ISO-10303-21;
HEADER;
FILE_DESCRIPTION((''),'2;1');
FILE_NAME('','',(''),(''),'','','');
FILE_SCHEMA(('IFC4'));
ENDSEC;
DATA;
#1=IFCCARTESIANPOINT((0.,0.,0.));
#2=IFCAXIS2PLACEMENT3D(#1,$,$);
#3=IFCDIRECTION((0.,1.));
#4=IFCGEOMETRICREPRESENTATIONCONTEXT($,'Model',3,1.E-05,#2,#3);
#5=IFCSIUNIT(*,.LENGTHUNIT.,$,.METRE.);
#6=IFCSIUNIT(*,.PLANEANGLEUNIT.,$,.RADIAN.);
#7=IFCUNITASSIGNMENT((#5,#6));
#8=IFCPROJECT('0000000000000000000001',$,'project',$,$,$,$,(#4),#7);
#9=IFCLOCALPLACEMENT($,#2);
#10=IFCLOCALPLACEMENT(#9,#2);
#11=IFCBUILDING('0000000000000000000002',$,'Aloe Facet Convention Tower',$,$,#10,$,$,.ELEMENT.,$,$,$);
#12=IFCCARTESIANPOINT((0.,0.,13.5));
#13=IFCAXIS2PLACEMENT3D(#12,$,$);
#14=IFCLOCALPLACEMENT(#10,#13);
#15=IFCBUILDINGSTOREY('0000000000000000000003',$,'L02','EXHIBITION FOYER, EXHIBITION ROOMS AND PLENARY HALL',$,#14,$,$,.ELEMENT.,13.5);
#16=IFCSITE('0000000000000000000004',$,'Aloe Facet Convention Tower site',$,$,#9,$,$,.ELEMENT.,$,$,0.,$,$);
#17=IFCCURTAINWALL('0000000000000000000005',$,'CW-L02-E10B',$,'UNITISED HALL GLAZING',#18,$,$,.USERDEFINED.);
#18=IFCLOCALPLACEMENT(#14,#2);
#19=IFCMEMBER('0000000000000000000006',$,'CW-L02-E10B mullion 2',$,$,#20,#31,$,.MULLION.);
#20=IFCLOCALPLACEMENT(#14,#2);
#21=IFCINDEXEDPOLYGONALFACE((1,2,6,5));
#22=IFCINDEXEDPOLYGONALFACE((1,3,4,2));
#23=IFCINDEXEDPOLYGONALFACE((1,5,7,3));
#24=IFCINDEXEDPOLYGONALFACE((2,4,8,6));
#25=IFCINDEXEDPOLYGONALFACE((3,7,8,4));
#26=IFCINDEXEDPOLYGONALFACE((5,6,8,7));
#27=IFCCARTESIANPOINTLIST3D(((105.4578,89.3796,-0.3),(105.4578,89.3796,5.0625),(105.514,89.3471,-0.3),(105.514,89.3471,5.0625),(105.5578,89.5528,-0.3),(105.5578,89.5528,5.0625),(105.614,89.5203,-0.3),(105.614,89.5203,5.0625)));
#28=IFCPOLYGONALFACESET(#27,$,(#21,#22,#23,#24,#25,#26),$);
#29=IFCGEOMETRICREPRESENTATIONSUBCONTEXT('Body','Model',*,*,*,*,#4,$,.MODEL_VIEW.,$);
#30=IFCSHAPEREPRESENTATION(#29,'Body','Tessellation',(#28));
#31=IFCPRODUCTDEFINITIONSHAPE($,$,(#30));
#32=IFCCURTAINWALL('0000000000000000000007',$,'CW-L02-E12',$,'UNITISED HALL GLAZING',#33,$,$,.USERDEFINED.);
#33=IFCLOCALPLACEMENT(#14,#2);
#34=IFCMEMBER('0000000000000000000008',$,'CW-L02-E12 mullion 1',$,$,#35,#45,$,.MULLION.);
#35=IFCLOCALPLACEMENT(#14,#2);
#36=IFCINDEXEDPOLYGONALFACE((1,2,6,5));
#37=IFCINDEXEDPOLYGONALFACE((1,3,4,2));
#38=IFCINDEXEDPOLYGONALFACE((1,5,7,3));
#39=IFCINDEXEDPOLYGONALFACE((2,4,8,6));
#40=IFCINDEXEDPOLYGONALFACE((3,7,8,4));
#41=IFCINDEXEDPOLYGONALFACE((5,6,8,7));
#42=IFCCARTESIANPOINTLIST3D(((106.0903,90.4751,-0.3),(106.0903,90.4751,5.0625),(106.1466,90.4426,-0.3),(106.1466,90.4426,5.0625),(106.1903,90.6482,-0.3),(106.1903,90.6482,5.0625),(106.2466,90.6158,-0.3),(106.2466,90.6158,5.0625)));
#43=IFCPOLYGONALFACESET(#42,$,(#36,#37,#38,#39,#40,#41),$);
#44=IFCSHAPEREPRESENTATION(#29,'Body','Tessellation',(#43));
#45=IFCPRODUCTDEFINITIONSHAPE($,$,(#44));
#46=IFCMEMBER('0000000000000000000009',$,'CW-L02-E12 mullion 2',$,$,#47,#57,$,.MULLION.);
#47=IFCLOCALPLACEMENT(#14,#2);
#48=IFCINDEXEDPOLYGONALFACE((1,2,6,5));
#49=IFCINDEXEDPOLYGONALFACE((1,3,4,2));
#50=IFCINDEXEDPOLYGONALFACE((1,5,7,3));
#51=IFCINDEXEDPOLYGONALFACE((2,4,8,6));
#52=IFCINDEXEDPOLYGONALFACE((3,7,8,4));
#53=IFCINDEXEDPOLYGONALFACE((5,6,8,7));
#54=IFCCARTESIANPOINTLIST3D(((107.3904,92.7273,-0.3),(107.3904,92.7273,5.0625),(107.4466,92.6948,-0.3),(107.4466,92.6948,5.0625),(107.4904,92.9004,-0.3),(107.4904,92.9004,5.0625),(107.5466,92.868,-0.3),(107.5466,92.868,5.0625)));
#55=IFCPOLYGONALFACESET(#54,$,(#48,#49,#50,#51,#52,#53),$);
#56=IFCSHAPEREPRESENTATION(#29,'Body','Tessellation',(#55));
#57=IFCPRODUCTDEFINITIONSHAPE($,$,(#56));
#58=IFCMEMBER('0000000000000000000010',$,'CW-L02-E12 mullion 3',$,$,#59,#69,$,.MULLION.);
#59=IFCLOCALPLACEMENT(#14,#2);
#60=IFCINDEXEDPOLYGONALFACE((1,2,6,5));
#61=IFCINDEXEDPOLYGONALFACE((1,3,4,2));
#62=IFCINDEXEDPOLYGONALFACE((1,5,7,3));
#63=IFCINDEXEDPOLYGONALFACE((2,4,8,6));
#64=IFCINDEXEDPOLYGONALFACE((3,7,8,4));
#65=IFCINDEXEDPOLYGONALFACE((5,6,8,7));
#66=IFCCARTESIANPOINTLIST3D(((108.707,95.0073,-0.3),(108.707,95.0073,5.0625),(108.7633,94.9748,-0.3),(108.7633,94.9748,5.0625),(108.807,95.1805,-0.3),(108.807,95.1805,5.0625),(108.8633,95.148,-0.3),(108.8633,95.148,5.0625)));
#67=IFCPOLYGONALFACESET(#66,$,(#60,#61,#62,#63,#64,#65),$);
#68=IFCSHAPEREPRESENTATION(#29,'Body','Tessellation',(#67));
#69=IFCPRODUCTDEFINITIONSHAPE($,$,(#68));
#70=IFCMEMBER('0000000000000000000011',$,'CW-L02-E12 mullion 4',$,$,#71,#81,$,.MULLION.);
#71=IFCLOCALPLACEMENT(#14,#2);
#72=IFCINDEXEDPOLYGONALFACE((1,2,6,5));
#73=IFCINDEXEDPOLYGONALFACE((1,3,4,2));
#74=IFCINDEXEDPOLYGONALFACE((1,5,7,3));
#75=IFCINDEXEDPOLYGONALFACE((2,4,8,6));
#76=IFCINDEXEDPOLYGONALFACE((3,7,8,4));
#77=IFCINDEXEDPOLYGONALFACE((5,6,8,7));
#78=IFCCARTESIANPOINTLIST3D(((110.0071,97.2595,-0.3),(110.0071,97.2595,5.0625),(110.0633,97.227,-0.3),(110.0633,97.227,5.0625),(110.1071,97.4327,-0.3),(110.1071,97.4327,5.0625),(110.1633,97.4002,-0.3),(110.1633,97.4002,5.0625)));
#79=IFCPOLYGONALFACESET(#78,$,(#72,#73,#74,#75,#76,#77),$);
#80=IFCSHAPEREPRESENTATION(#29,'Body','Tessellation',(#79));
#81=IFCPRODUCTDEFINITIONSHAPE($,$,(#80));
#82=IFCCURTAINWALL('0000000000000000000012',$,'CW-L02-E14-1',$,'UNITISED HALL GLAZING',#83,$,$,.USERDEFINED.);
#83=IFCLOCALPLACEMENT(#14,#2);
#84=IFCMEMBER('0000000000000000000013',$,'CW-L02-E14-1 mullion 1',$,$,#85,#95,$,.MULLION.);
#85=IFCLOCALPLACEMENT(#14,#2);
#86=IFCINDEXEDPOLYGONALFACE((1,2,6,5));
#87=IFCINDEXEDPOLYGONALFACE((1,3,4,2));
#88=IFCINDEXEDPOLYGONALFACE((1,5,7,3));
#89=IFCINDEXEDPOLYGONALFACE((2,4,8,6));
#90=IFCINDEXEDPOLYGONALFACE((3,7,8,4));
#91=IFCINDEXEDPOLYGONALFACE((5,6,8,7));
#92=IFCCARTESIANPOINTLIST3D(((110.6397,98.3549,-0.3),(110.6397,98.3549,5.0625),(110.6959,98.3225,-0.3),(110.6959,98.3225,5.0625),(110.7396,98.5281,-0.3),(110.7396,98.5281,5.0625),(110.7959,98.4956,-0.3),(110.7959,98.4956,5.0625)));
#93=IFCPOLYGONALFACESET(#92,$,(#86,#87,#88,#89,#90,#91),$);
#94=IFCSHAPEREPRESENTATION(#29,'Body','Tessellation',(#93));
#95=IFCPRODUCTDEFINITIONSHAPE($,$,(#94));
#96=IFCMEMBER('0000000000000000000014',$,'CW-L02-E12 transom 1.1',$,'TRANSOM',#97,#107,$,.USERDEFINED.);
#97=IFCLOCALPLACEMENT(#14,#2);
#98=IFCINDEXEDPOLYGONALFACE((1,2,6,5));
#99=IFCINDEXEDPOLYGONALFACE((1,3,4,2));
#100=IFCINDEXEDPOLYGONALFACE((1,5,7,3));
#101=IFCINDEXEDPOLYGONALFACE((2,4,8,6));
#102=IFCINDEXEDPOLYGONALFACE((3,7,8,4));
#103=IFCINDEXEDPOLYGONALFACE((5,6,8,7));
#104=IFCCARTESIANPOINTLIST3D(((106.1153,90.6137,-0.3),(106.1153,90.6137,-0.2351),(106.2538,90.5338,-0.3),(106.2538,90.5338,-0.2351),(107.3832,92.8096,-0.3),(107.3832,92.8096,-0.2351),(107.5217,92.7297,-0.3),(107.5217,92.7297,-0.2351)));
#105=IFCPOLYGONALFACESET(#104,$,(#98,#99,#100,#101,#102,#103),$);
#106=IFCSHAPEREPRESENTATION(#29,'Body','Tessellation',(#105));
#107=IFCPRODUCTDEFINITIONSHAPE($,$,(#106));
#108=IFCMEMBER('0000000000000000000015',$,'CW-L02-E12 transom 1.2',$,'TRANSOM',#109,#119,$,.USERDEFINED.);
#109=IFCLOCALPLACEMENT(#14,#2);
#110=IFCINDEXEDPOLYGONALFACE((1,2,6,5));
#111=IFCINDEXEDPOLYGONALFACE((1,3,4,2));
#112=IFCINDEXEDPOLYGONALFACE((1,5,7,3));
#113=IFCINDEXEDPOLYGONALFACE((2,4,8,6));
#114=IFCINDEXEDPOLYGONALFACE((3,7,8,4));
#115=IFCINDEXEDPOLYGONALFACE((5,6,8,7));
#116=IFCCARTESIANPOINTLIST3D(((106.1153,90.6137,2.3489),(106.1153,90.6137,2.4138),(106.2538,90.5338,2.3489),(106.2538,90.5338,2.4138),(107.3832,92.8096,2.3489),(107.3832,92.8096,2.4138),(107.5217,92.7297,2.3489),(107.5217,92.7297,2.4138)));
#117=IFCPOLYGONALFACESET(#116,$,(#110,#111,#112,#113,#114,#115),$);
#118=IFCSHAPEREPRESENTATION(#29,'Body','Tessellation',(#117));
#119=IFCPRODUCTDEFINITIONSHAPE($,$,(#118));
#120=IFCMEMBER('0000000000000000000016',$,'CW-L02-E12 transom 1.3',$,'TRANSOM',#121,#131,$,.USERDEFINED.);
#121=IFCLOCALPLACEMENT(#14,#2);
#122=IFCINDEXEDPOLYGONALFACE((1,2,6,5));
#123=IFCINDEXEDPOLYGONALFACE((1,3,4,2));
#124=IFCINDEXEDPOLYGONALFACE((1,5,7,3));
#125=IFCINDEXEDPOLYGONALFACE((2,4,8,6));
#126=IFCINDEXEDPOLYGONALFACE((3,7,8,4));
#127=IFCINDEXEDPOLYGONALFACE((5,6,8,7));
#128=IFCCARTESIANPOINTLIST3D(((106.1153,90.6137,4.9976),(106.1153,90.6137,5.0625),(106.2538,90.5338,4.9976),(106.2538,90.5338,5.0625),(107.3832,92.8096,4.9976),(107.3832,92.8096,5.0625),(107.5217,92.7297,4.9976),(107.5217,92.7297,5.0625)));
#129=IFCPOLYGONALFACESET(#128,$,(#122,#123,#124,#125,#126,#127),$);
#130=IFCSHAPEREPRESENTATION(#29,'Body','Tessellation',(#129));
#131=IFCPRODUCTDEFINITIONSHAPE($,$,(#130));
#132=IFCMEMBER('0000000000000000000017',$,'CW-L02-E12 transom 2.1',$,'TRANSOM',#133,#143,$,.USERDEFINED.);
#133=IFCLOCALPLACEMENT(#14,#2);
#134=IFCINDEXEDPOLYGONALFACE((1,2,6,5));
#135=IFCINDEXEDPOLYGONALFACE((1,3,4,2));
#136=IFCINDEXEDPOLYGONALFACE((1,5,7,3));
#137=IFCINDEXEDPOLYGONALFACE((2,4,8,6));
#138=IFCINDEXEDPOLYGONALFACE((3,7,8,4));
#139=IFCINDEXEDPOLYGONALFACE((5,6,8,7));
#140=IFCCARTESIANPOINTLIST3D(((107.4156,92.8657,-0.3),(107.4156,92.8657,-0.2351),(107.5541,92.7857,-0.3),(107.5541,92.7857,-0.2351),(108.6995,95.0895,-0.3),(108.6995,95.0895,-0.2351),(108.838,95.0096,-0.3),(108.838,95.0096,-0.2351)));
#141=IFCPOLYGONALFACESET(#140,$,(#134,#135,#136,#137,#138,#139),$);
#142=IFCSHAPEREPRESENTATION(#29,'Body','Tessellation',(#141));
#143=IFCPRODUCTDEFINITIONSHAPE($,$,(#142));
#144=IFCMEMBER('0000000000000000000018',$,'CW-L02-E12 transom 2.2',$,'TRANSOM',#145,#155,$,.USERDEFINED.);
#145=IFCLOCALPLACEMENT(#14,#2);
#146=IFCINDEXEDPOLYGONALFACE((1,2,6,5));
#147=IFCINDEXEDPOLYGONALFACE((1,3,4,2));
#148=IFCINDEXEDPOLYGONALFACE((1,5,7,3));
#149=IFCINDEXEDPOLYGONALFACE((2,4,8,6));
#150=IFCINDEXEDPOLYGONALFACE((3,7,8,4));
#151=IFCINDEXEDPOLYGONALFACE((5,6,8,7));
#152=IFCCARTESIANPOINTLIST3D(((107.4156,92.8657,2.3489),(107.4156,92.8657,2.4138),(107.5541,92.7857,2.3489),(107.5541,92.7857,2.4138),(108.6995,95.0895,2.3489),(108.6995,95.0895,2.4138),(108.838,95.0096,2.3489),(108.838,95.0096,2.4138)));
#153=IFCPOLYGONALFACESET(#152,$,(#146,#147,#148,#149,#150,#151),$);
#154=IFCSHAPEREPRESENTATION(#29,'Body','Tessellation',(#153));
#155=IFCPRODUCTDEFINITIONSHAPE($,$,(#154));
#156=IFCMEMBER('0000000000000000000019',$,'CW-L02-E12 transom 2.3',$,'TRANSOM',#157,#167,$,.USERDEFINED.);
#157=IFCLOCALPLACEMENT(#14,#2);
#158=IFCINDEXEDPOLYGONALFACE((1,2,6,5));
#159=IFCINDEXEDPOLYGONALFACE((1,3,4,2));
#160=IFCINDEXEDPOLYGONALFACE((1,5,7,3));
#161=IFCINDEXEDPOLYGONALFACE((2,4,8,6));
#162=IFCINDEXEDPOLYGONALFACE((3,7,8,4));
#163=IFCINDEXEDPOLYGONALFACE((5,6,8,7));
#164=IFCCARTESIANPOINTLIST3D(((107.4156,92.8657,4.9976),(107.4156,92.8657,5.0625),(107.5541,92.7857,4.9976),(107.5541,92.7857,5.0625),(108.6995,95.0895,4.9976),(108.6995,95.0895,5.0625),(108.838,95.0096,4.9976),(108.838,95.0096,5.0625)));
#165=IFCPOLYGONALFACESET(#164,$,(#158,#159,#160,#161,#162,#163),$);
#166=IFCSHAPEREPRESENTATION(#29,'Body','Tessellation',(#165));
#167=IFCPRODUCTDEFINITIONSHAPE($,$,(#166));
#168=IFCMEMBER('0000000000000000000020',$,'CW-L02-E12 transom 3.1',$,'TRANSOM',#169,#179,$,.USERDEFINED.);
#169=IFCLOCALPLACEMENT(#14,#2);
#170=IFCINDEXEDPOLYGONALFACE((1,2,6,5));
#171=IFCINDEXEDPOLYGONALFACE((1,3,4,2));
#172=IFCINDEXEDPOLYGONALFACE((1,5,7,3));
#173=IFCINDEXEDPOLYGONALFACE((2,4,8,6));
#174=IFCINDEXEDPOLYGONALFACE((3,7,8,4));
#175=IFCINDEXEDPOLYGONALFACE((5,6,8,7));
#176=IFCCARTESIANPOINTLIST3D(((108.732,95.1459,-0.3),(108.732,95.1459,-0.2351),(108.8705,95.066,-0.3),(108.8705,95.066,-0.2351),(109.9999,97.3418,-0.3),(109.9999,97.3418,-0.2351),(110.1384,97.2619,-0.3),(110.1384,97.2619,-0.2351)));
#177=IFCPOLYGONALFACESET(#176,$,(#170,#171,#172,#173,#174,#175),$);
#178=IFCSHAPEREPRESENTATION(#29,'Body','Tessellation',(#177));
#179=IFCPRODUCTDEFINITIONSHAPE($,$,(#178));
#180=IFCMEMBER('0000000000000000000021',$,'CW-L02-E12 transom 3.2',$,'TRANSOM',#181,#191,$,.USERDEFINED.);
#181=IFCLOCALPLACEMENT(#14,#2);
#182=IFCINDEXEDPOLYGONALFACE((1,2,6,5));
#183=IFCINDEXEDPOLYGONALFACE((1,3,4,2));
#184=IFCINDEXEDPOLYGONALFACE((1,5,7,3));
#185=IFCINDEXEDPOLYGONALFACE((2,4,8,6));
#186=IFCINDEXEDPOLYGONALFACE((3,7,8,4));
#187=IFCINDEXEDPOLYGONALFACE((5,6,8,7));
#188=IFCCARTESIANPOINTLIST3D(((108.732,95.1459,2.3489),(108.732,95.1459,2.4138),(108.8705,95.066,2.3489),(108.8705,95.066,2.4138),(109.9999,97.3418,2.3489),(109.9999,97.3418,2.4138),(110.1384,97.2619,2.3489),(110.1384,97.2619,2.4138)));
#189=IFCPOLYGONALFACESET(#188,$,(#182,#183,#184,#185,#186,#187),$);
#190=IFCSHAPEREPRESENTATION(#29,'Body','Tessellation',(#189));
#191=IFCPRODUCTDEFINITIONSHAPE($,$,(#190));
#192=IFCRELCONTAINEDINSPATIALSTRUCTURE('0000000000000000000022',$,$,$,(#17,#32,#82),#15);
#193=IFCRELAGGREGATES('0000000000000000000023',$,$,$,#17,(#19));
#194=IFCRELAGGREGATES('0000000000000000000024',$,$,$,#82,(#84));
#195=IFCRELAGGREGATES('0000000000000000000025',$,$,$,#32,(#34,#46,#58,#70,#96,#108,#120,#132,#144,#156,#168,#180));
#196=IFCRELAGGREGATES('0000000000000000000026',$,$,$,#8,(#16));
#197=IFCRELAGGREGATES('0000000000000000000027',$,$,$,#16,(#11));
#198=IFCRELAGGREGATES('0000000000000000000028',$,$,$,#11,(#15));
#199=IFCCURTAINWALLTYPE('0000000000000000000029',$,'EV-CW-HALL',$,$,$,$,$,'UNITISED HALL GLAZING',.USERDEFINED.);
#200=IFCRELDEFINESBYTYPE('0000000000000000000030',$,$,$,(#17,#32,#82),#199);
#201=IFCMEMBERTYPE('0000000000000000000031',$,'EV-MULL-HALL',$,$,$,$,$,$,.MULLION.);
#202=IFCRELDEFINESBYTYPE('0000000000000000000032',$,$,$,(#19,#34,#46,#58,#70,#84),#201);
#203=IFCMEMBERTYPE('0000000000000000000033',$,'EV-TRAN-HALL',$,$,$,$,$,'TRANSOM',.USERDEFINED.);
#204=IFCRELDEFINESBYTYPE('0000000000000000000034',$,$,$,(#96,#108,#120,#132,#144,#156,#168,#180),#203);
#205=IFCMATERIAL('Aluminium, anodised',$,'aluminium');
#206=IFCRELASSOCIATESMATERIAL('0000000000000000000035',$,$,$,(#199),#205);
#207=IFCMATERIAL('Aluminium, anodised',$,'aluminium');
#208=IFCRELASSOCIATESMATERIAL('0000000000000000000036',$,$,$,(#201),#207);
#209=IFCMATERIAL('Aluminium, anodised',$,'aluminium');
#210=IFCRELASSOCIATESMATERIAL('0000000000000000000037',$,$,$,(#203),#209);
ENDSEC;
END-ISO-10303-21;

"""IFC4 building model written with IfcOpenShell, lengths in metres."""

from ifc_helpers import new_model, si_unit, direction, frame, origin, origin_2d, place, context, subcontext, project, spatial, rectangle, extrude, material, material_profile, profile_set, type_object, element, aggregate, save


model = new_model("IFC4")

# Units and contexts
model_context = context("Model", 3, precision=1e-05, world=origin(), true_north=direction((0.0, 1.0)))
body_context = subcontext(model_context, "Body", "Model", "MODEL_VIEW")
ifc_project = project(units=[si_unit("LENGTHUNIT", "METRE"), si_unit("PLANEANGLEUNIT", "RADIAN")], contexts=[model_context])

# Site, building, storey
site_placement = place(None, origin())
site = spatial("IfcSite", under=ifc_project, at=site_placement, Name="Aloe Facet Convention Tower site", CompositionType="ELEMENT", RefElevation=0.0)
building_placement = place(site_placement, origin())
building = spatial("IfcBuilding", under=site, at=building_placement, Name="Aloe Facet Convention Tower", CompositionType="ELEMENT")
storey_placement = place(building_placement, frame((0.0, 0.0, 13.5)))
storey = spatial("IfcBuildingStorey", under=building, at=storey_placement, Name="L02", Description="EXHIBITION FOYER, EXHIBITION ROOMS AND PLENARY HALL", CompositionType="ELEMENT", Elevation=13.5)

# Curtain wall, member
ifc_material_1 = material(Name="Aluminium, anodised", Category="aluminium")
curtain_wall_type = type_object("IfcCurtainWallType", Name="EV-CW-HALL", ElementType="UNITISED HALL GLAZING", PredefinedType="USERDEFINED", material=ifc_material_1)
curtain_wall_1_placement = place(storey_placement, origin())
curtain_wall_1 = element("IfcCurtainWall", 1, at=curtain_wall_1_placement, inside=storey, type_object=curtain_wall_type, Name="CW-L02-E10B", ObjectType="UNITISED HALL GLAZING", PredefinedType="USERDEFINED")
ifc_material_2 = material(Name="Aluminium, anodised", Category="aluminium")
ifc_material_profile_1 = material_profile(ifc_material_2, rectangle(XDim=0.0649, YDim=0.2, at=origin_2d()), Name="AL 65x200")
ifc_profile_set_1 = profile_set([ifc_material_profile_1], Name="Aluminium, anodised")
member_type_1 = type_object("IfcMemberType", Name="EV-MULL-HALL", PredefinedType="MULLION", material=ifc_profile_set_1)
member_1_placement = place(storey_placement, frame((105.5359, 89.45, -0.3), z_axis=(0.0, 0.0, 1.0), x_axis=(-0.866025, 0.5, 0.0)))
member_1 = element("IfcMember", 2, at=member_1_placement, type_object=member_type_1, Name="CW-L02-E10B mullion 2", PredefinedType="MULLION", context=body_context, shape_type="SweptSolid", body=[
    extrude(rectangle(XDim=0.0649, YDim=0.2, at=origin_2d()), origin(), (0.0, 0.0, 1.0), 5.3625),
])
aggregate(curtain_wall_1, [member_1])

# Curtain wall, members
curtain_wall_2_placement = place(storey_placement, origin())
curtain_wall_2 = element("IfcCurtainWall", 3, at=curtain_wall_2_placement, inside=storey, type_object=curtain_wall_type, Name="CW-L02-E12", ObjectType="UNITISED HALL GLAZING", PredefinedType="USERDEFINED")
member_2_placement = place(storey_placement, frame((106.1685, 90.5454, -0.3), z_axis=(0.0, 0.0, 1.0), x_axis=(-0.866025, 0.5, 0.0)))
member_2 = element("IfcMember", 4, at=member_2_placement, type_object=member_type_1, Name="CW-L02-E12 mullion 1", PredefinedType="MULLION", context=body_context, shape_type="SweptSolid", body=[
    extrude(rectangle(XDim=0.0649, YDim=0.2, at=origin_2d()), origin(), (0.0, 0.0, 1.0), 5.3625),
])
member_3_placement = place(storey_placement, frame((107.4685, 92.7976, -0.3), z_axis=(0.0, 0.0, 1.0), x_axis=(-0.866025, 0.5, 0.0)))
member_3 = element("IfcMember", 5, at=member_3_placement, type_object=member_type_1, Name="CW-L02-E12 mullion 2", PredefinedType="MULLION", context=body_context, shape_type="SweptSolid", body=[
    extrude(rectangle(XDim=0.0649, YDim=0.2, at=origin_2d()), origin(), (0.0, 0.0, 1.0), 5.3625),
])
member_4_placement = place(storey_placement, frame((108.7852, 95.0776, -0.3), z_axis=(0.0, 0.0, 1.0), x_axis=(-0.866025, 0.5, 0.0)))
member_4 = element("IfcMember", 6, at=member_4_placement, type_object=member_type_1, Name="CW-L02-E12 mullion 3", PredefinedType="MULLION", context=body_context, shape_type="SweptSolid", body=[
    extrude(rectangle(XDim=0.0649, YDim=0.2, at=origin_2d()), origin(), (0.0, 0.0, 1.0), 5.3625),
])
member_5_placement = place(storey_placement, frame((110.0852, 97.3298, -0.3), z_axis=(0.0, 0.0, 1.0), x_axis=(-0.866025, 0.5, 0.0)))
member_5 = element("IfcMember", 7, at=member_5_placement, type_object=member_type_1, Name="CW-L02-E12 mullion 4", PredefinedType="MULLION", context=body_context, shape_type="SweptSolid", body=[
    extrude(rectangle(XDim=0.0649, YDim=0.2, at=origin_2d()), origin(), (0.0, 0.0, 1.0), 5.3625),
])

# Curtain wall, member
curtain_wall_3_placement = place(storey_placement, origin())
curtain_wall_3 = element("IfcCurtainWall", 8, at=curtain_wall_3_placement, inside=storey, type_object=curtain_wall_type, Name="CW-L02-E14-1", ObjectType="UNITISED HALL GLAZING", PredefinedType="USERDEFINED")
member_6_placement = place(storey_placement, frame((110.7178, 98.4253, -0.3), z_axis=(0.0, 0.0, 1.0), x_axis=(-0.866025, 0.5, 0.0)))
member_6 = element("IfcMember", 9, at=member_6_placement, type_object=member_type_1, Name="CW-L02-E14-1 mullion 1", PredefinedType="MULLION", context=body_context, shape_type="SweptSolid", body=[
    extrude(rectangle(XDim=0.0649, YDim=0.2, at=origin_2d()), origin(), (0.0, 0.0, 1.0), 5.3625),
])

# Members
ifc_material_3 = material(Name="Aluminium, anodised", Category="aluminium")
ifc_material_profile_2 = material_profile(ifc_material_3, rectangle(XDim=0.1599, YDim=0.0649, at=origin_2d()), Name="AL 160x65")
ifc_profile_set_2 = profile_set([ifc_material_profile_2], Name="Aluminium, anodised")
member_type_2 = type_object("IfcMemberType", Name="EV-TRAN-HALL", ElementType="TRANSOM", PredefinedType="USERDEFINED", material=ifc_profile_set_2)
member_7_placement = place(storey_placement, frame((106.1846, 90.5737, -0.2676), z_axis=(0.500023, 0.866012, 0.0), x_axis=(-0.866012, 0.500023, 0.0)))
member_7 = element("IfcMember", 10, at=member_7_placement, type_object=member_type_2, Name="CW-L02-E12 transom 1.1", ObjectType="TRANSOM", PredefinedType="USERDEFINED", context=body_context, shape_type="SweptSolid", body=[
    extrude(rectangle(XDim=0.1599, YDim=0.0649, at=origin_2d()), origin(), (0.0, 0.0, 1.0), 2.5356),
])
member_8_placement = place(storey_placement, frame((106.1846, 90.5737, 2.3813), z_axis=(0.500023, 0.866012, 0.0), x_axis=(-0.866012, 0.500023, 0.0)))
member_8 = element("IfcMember", 11, at=member_8_placement, type_object=member_type_2, Name="CW-L02-E12 transom 1.2", ObjectType="TRANSOM", PredefinedType="USERDEFINED", context=body_context, shape_type="SweptSolid", body=[
    extrude(rectangle(XDim=0.1599, YDim=0.0649, at=origin_2d()), origin(), (0.0, 0.0, 1.0), 2.5356),
])
member_9_placement = place(storey_placement, frame((106.1846, 90.5737, 5.03), z_axis=(0.500023, 0.866012, 0.0), x_axis=(-0.866012, 0.500023, 0.0)))
member_9 = element("IfcMember", 12, at=member_9_placement, type_object=member_type_2, Name="CW-L02-E12 transom 1.3", ObjectType="TRANSOM", PredefinedType="USERDEFINED", context=body_context, shape_type="SweptSolid", body=[
    extrude(rectangle(XDim=0.1599, YDim=0.0649, at=origin_2d()), origin(), (0.0, 0.0, 1.0), 2.5356),
])
member_10_placement = place(storey_placement, frame((107.4849, 92.8257, -0.2676), z_axis=(0.499994, 0.866029, 0.0), x_axis=(-0.866029, 0.499994, 0.0)))
member_10 = element("IfcMember", 13, at=member_10_placement, type_object=member_type_2, Name="CW-L02-E12 transom 2.1", ObjectType="TRANSOM", PredefinedType="USERDEFINED", context=body_context, shape_type="SweptSolid", body=[
    extrude(rectangle(XDim=0.1599, YDim=0.0649, at=origin_2d()), origin(), (0.0, 0.0, 1.0), 2.5679),
])
member_11_placement = place(storey_placement, frame((107.4849, 92.8257, 2.3813), z_axis=(0.499994, 0.866029, 0.0), x_axis=(-0.866029, 0.499994, 0.0)))
member_11 = element("IfcMember", 14, at=member_11_placement, type_object=member_type_2, Name="CW-L02-E12 transom 2.2", ObjectType="TRANSOM", PredefinedType="USERDEFINED", context=body_context, shape_type="SweptSolid", body=[
    extrude(rectangle(XDim=0.1599, YDim=0.0649, at=origin_2d()), origin(), (0.0, 0.0, 1.0), 2.5679),
])
member_12_placement = place(storey_placement, frame((107.4849, 92.8257, 5.03), z_axis=(0.499994, 0.866029, 0.0), x_axis=(-0.866029, 0.499994, 0.0)))
member_12 = element("IfcMember", 15, at=member_12_placement, type_object=member_type_2, Name="CW-L02-E12 transom 2.3", ObjectType="TRANSOM", PredefinedType="USERDEFINED", context=body_context, shape_type="SweptSolid", body=[
    extrude(rectangle(XDim=0.1599, YDim=0.0649, at=origin_2d()), origin(), (0.0, 0.0, 1.0), 2.5679),
])
member_13_placement = place(storey_placement, frame((108.8013, 95.106, -0.2676), z_axis=(0.500023, 0.866012, 0.0), x_axis=(-0.866012, 0.500023, 0.0)))
member_13 = element("IfcMember", 16, at=member_13_placement, type_object=member_type_2, Name="CW-L02-E12 transom 3.1", ObjectType="TRANSOM", PredefinedType="USERDEFINED", context=body_context, shape_type="SweptSolid", body=[
    extrude(rectangle(XDim=0.1599, YDim=0.0649, at=origin_2d()), origin(), (0.0, 0.0, 1.0), 2.5356),
])
member_14_placement = place(storey_placement, frame((108.8013, 95.106, 2.3813), z_axis=(0.500023, 0.866012, 0.0), x_axis=(-0.866012, 0.500023, 0.0)))
member_14 = element("IfcMember", 17, at=member_14_placement, type_object=member_type_2, Name="CW-L02-E12 transom 3.2", ObjectType="TRANSOM", PredefinedType="USERDEFINED", context=body_context, shape_type="SweptSolid", body=[
    extrude(rectangle(XDim=0.1599, YDim=0.0649, at=origin_2d()), origin(), (0.0, 0.0, 1.0), 2.5356),
])
aggregate(curtain_wall_3, [member_6])

aggregate(curtain_wall_2, [member_2, member_3, member_4, member_5, member_7, member_8, member_9, member_10, member_11, member_12, member_13, member_14])

save(model, "model.ifc")
